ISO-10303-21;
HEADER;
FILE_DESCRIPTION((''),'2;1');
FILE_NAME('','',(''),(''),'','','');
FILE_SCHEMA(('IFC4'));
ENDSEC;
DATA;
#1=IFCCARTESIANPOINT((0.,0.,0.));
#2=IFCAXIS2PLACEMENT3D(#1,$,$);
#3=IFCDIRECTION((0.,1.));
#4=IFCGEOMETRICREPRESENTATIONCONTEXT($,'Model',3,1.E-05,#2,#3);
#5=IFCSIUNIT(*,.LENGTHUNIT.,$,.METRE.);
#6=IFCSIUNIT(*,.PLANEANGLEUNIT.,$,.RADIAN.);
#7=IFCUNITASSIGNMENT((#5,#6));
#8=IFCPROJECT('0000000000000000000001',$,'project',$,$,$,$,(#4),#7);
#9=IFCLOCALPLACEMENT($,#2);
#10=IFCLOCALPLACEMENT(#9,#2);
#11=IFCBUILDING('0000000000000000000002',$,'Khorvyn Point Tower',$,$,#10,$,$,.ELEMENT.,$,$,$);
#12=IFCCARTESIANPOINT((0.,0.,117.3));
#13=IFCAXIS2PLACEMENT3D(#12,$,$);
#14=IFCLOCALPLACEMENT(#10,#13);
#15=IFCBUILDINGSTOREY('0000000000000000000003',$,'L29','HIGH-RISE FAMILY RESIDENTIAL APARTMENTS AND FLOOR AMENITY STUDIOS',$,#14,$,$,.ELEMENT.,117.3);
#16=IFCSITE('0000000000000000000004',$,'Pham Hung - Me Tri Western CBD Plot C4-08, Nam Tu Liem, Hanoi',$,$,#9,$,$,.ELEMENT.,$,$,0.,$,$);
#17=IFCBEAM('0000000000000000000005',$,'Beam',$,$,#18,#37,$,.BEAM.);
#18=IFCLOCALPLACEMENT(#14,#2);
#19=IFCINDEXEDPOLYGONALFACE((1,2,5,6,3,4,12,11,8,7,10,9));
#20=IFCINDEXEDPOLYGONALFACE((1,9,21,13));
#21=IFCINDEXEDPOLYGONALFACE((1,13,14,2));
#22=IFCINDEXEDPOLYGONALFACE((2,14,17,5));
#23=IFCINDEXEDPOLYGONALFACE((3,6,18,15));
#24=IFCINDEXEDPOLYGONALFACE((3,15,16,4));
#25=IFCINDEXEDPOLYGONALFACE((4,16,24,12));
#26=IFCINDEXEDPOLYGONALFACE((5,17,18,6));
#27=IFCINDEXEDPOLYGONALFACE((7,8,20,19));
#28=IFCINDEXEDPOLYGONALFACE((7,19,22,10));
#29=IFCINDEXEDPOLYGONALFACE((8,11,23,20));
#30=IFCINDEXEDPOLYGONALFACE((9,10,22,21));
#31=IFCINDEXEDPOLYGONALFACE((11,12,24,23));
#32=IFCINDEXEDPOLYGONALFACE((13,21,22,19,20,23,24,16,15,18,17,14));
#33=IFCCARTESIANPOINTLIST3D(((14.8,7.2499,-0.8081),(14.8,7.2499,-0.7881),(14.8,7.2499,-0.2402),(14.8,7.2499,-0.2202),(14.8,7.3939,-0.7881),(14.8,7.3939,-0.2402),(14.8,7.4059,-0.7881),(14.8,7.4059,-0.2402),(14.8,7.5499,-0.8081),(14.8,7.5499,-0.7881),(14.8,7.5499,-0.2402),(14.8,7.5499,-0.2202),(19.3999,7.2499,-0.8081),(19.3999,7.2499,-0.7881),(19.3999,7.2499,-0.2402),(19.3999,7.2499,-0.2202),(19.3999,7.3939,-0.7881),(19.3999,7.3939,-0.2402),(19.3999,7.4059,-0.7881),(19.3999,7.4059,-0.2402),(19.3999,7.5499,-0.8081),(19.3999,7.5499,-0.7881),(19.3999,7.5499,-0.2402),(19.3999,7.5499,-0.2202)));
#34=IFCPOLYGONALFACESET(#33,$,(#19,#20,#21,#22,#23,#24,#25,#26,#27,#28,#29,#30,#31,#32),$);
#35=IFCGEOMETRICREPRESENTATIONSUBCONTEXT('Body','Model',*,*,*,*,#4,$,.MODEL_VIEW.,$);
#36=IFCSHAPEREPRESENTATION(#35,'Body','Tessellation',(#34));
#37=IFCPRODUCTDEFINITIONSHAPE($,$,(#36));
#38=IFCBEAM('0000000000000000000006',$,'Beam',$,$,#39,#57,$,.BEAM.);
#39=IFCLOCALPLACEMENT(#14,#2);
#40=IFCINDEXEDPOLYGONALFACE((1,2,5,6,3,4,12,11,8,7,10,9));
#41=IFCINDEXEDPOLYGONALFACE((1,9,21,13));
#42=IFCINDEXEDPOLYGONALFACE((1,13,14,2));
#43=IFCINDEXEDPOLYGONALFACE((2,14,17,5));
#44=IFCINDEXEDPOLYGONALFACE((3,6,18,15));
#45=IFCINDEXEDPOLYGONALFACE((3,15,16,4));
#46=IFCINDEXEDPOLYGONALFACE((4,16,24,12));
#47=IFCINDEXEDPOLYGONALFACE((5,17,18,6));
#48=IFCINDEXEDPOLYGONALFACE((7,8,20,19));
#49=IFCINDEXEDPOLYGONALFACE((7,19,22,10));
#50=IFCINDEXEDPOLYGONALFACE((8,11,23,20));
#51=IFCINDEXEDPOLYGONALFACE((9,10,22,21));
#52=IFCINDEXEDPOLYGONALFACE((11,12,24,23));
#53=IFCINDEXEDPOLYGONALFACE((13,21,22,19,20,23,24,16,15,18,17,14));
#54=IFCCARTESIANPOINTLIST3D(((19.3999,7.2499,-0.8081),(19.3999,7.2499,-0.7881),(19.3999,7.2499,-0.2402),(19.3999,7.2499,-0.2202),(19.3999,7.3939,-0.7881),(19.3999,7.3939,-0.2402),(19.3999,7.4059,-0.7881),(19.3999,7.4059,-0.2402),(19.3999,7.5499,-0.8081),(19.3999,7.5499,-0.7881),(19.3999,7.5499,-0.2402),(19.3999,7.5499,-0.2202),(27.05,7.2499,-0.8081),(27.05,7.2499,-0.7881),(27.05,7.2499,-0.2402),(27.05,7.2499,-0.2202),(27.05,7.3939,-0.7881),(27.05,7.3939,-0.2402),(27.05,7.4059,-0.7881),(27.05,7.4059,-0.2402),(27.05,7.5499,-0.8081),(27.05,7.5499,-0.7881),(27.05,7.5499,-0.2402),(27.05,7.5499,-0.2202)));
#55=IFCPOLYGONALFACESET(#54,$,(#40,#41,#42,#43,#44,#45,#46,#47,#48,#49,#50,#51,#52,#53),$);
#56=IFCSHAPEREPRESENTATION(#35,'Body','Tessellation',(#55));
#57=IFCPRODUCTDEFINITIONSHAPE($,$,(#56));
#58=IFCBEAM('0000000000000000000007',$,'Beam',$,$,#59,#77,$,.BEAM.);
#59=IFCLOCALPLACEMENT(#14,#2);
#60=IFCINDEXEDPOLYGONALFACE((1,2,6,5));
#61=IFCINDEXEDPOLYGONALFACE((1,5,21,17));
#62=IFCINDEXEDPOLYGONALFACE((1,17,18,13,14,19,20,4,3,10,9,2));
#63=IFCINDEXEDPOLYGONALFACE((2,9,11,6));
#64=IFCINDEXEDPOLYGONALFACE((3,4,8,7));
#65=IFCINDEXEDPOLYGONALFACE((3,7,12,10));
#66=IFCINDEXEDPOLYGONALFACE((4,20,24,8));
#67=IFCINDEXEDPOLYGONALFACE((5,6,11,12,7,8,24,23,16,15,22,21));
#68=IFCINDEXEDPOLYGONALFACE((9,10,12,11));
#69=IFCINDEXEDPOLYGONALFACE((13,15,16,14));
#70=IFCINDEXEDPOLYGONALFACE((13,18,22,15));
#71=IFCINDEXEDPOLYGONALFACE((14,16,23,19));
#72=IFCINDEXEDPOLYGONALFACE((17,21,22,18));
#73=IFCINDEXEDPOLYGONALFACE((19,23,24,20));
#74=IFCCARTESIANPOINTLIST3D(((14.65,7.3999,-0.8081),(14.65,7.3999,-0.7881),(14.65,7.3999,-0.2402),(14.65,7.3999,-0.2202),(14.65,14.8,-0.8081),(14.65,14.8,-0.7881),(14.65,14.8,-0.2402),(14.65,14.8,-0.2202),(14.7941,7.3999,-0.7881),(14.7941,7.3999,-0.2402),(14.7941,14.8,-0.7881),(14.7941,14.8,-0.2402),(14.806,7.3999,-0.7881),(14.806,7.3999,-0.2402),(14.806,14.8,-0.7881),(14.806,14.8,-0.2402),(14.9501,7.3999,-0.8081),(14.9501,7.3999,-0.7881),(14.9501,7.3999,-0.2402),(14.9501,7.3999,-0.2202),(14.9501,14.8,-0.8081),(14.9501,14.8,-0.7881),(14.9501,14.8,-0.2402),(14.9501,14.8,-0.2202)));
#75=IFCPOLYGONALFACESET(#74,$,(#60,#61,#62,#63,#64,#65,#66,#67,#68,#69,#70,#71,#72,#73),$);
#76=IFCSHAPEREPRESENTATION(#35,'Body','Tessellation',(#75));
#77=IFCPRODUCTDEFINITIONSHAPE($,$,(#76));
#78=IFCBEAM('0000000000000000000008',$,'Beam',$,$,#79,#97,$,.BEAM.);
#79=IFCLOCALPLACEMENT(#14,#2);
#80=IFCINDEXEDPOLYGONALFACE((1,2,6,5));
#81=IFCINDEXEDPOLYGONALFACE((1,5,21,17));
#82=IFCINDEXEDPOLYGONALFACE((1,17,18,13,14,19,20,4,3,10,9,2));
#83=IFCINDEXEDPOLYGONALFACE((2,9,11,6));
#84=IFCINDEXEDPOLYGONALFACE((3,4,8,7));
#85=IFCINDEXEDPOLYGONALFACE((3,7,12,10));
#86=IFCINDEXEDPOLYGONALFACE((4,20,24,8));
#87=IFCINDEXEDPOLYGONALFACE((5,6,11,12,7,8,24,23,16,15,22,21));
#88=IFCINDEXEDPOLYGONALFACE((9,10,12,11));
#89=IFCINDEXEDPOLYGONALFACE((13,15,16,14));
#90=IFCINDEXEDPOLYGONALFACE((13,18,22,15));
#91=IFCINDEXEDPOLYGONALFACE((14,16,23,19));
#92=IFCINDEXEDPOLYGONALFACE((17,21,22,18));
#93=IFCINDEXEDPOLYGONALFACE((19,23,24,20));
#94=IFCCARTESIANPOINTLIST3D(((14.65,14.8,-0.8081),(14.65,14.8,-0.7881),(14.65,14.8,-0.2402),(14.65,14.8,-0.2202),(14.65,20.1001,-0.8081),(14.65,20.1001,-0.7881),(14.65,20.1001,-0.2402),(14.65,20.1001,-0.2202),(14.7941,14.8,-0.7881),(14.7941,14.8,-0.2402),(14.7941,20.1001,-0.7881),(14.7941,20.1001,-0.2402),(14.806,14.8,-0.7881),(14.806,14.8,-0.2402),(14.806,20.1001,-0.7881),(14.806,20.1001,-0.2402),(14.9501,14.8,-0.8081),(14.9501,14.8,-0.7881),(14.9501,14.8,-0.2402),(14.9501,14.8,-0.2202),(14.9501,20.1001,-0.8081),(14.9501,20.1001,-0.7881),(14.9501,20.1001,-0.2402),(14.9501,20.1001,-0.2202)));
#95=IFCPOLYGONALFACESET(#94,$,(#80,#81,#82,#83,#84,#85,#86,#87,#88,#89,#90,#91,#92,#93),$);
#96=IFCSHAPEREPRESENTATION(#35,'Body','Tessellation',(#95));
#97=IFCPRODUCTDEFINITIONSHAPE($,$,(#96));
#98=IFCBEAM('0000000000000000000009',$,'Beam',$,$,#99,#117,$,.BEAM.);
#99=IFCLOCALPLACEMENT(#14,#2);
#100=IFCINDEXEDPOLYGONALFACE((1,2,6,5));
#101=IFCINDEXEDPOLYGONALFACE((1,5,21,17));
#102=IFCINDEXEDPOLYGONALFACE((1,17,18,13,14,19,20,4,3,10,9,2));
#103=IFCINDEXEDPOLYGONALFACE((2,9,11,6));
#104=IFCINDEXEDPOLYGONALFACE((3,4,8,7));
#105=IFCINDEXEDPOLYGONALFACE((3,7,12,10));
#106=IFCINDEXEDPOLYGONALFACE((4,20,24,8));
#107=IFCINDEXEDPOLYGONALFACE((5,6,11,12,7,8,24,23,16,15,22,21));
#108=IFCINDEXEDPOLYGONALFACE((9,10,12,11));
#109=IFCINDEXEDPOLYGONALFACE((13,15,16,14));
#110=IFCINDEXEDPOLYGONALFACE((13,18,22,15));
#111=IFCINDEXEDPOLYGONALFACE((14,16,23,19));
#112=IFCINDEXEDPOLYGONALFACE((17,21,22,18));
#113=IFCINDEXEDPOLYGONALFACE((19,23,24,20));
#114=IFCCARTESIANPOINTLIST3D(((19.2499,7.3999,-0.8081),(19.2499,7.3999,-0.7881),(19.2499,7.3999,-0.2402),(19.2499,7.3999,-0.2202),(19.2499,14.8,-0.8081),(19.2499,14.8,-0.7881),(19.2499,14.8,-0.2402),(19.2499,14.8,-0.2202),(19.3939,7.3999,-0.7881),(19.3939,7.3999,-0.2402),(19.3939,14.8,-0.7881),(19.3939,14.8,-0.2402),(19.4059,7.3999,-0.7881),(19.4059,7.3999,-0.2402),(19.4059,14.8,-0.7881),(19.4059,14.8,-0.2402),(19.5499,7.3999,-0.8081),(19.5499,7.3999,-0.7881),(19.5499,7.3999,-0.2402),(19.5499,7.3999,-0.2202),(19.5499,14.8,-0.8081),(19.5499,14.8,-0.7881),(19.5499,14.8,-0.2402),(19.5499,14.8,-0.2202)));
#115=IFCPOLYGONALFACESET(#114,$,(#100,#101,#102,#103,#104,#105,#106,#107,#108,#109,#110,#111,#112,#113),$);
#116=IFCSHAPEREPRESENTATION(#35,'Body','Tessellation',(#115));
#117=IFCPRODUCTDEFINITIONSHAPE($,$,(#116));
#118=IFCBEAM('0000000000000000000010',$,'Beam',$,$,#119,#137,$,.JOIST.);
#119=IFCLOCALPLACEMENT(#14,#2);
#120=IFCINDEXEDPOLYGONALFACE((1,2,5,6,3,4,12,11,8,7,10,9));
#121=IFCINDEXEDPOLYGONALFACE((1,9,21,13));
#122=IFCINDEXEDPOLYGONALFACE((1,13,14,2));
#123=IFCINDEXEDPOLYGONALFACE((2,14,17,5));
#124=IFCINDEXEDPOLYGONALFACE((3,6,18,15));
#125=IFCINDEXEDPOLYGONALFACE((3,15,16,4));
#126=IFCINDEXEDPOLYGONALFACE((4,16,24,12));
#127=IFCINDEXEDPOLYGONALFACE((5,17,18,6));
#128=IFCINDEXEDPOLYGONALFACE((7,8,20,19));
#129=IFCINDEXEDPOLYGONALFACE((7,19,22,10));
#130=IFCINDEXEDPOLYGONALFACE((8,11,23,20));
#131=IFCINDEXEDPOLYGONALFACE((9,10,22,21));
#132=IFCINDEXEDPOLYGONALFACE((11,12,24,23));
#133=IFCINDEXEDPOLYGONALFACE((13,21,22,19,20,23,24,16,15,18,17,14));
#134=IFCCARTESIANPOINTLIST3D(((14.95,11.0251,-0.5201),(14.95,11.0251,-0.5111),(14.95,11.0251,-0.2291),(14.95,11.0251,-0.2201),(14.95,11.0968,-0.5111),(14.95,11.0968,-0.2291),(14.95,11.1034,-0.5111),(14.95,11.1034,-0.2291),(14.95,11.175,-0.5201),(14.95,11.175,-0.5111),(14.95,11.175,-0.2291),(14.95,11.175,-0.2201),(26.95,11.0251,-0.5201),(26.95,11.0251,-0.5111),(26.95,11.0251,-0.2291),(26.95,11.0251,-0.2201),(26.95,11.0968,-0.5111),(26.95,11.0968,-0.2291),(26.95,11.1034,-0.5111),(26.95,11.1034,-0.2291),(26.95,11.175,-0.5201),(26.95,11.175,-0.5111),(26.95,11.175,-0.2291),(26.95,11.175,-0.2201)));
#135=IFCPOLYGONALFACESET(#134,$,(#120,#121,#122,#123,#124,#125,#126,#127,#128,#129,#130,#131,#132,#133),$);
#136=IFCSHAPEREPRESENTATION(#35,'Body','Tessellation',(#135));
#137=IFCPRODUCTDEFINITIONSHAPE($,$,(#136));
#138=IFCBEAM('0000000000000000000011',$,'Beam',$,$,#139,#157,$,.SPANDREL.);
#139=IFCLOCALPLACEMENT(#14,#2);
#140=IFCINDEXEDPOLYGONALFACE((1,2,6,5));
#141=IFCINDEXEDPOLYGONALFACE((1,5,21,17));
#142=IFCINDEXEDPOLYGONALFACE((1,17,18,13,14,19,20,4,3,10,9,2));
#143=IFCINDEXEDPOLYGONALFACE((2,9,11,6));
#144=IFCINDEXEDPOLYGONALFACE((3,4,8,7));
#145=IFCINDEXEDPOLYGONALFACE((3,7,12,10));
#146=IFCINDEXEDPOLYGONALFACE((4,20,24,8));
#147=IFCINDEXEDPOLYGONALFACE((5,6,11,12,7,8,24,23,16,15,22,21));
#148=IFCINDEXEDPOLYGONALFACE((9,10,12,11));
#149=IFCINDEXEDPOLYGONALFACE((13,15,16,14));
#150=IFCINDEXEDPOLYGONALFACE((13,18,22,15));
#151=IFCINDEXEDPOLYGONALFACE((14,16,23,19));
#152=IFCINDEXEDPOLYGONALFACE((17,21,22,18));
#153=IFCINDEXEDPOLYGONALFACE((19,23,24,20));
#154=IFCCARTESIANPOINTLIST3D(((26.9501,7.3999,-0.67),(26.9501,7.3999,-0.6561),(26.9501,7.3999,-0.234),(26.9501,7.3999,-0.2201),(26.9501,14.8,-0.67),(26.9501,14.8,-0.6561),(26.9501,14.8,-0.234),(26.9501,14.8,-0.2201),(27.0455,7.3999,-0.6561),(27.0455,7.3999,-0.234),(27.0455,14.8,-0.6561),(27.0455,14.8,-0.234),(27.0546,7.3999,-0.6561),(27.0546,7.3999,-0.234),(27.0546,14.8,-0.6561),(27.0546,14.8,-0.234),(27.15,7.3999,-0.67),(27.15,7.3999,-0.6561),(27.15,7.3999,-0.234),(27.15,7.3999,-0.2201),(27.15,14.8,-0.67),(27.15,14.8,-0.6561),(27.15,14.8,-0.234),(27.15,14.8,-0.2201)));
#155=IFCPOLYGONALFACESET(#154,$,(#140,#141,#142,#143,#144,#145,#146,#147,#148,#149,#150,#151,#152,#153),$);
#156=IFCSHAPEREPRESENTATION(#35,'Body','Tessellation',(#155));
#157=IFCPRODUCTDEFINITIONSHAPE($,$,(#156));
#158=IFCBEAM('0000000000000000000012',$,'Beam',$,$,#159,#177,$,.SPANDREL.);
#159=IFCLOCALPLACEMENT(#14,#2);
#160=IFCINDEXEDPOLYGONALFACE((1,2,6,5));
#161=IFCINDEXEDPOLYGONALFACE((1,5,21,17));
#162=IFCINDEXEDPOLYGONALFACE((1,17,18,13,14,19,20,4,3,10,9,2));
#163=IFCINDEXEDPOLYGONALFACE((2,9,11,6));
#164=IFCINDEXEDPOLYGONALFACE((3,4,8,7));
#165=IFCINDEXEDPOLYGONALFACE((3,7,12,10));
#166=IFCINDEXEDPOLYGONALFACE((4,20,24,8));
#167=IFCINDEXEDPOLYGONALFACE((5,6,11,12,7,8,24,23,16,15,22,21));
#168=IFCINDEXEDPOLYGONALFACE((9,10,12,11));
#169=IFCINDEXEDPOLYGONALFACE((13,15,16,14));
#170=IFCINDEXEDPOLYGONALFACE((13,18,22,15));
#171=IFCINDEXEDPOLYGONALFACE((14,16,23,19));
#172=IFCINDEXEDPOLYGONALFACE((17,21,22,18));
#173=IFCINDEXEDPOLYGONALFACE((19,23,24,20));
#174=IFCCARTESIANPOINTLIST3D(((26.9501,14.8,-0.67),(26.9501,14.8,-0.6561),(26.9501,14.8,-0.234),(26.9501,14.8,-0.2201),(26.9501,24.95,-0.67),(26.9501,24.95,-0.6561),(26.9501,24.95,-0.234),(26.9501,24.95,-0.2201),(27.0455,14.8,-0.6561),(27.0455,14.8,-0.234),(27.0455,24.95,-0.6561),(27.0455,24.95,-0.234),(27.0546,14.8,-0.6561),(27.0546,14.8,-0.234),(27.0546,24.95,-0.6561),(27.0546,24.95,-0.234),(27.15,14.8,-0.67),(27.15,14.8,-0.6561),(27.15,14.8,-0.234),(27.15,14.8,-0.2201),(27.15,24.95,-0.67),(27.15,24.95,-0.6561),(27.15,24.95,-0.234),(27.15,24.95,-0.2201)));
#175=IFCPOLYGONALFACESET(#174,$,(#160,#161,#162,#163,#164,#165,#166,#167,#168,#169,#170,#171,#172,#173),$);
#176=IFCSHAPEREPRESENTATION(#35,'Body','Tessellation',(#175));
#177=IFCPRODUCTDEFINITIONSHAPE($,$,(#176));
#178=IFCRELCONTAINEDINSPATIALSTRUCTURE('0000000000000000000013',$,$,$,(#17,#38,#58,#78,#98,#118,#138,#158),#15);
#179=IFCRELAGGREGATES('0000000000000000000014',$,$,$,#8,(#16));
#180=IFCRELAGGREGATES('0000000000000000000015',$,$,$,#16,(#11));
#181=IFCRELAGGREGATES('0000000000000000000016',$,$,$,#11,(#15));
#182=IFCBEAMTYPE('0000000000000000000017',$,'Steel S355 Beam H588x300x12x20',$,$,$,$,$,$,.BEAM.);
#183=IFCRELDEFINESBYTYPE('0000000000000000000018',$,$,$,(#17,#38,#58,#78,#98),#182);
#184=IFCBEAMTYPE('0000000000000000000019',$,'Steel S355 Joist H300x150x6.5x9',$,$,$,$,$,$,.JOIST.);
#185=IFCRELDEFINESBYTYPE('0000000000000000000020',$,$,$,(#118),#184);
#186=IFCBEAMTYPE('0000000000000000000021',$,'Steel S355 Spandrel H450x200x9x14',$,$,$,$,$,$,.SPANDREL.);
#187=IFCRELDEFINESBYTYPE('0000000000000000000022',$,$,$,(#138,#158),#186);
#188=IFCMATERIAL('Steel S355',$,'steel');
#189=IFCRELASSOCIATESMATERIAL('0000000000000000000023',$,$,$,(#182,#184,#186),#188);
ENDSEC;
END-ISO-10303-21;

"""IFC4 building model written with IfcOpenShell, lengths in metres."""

from ifc_helpers import new_model, si_unit, direction, frame, origin, origin_2d, place, context, subcontext, project, spatial, i_section, extrude, material, material_profile, profile_set, type_object, element, save


model = new_model("IFC4")

# Units and contexts
model_context = context("Model", 3, precision=1e-05, world=origin(), true_north=direction((0.0, 1.0)))
body_context = subcontext(model_context, "Body", "Model", "MODEL_VIEW")
ifc_project = project(units=[si_unit("LENGTHUNIT", "METRE"), si_unit("PLANEANGLEUNIT", "RADIAN")], contexts=[model_context])

# Site, building, storey
site_placement = place(None, origin())
site = spatial("IfcSite", under=ifc_project, at=site_placement, Name="Pham Hung - Me Tri Western CBD Plot C4-08, Nam Tu Liem, Hanoi", CompositionType="ELEMENT", RefElevation=0.0)
building_placement = place(site_placement, origin())
building = spatial("IfcBuilding", under=site, at=building_placement, Name="Khorvyn Point Tower", CompositionType="ELEMENT")
storey_placement = place(building_placement, frame((0.0, 0.0, 117.3)))
storey = spatial("IfcBuildingStorey", under=building, at=storey_placement, Name="L29", Description="HIGH-RISE FAMILY RESIDENTIAL APARTMENTS AND FLOOR AMENITY STUDIOS", CompositionType="ELEMENT", Elevation=117.3)

# Beams
ifc_material_1 = material(Name="Steel S355", Category="steel")
ifc_material_profile_1 = material_profile(ifc_material_1, i_section(OverallWidth=0.3, OverallDepth=0.5879, WebThickness=0.012, FlangeThickness=0.02, at=origin_2d()))
ifc_profile_set_1 = profile_set([ifc_material_profile_1], Name="Steel S355 H588x300x12x20")
beam_type_1 = type_object("IfcBeamType", Name="Steel S355 Beam H588x300x12x20", PredefinedType="BEAM", material=ifc_profile_set_1)
beam_1_placement = place(storey_placement, frame((14.8, 7.3999, -0.5142), z_axis=(1.0, 0.0, 0.0), x_axis=(0.0, 1.0, 0.0)))
element("IfcBeam", 1, at=beam_1_placement, inside=storey, type_object=beam_type_1, Name="Beam", PredefinedType="BEAM", context=body_context, shape_type="SweptSolid", body=[
    extrude(i_section(OverallWidth=0.3, OverallDepth=0.5879, WebThickness=0.012, FlangeThickness=0.02, at=origin_2d()), origin(), (0.0, 0.0, 1.0), 4.5999),
])
beam_2_placement = place(storey_placement, frame((19.3999, 7.3999, -0.5142), z_axis=(1.0, 0.0, 0.0), x_axis=(0.0, 1.0, 0.0)))
element("IfcBeam", 2, at=beam_2_placement, inside=storey, type_object=beam_type_1, Name="Beam", PredefinedType="BEAM", context=body_context, shape_type="SweptSolid", body=[
    extrude(i_section(OverallWidth=0.3, OverallDepth=0.5879, WebThickness=0.012, FlangeThickness=0.02, at=origin_2d()), origin(), (0.0, 0.0, 1.0), 7.6501),
])
beam_3_placement = place(storey_placement, frame((14.8, 7.3999, -0.5142), z_axis=(0.0, 1.0, 0.0), x_axis=(-1.0, 0.0, 0.0)))
element("IfcBeam", 3, at=beam_3_placement, inside=storey, type_object=beam_type_1, Name="Beam", PredefinedType="BEAM", context=body_context, shape_type="SweptSolid", body=[
    extrude(i_section(OverallWidth=0.3, OverallDepth=0.5879, WebThickness=0.012, FlangeThickness=0.02, at=origin_2d()), origin(), (0.0, 0.0, 1.0), 7.4001),
])
beam_4_placement = place(storey_placement, frame((14.8, 14.8, -0.5142), z_axis=(0.0, 1.0, 0.0), x_axis=(-1.0, 0.0, 0.0)))
element("IfcBeam", 4, at=beam_4_placement, inside=storey, type_object=beam_type_1, Name="Beam", PredefinedType="BEAM", context=body_context, shape_type="SweptSolid", body=[
    extrude(i_section(OverallWidth=0.3, OverallDepth=0.5879, WebThickness=0.012, FlangeThickness=0.02, at=origin_2d()), origin(), (0.0, 0.0, 1.0), 5.3),
])
beam_5_placement = place(storey_placement, frame((19.3999, 7.3999, -0.5142), z_axis=(0.0, 1.0, 0.0), x_axis=(-1.0, 0.0, 0.0)))
element("IfcBeam", 5, at=beam_5_placement, inside=storey, type_object=beam_type_1, Name="Beam", PredefinedType="BEAM", context=body_context, shape_type="SweptSolid", body=[
    extrude(i_section(OverallWidth=0.3, OverallDepth=0.5879, WebThickness=0.012, FlangeThickness=0.02, at=origin_2d()), origin(), (0.0, 0.0, 1.0), 7.4001),
])
ifc_material_profile_2 = material_profile(ifc_material_1, i_section(OverallWidth=0.1499, OverallDepth=0.3, WebThickness=0.0066, FlangeThickness=0.009, at=origin_2d()))
ifc_profile_set_2 = profile_set([ifc_material_profile_2], Name="Steel S355 H300x150x6.5x9")
beam_type_2 = type_object("IfcBeamType", Name="Steel S355 Joist H300x150x6.5x9", PredefinedType="JOIST", material=ifc_profile_set_2)
beam_6_placement = place(storey_placement, frame((14.95, 11.1001, -0.3701), z_axis=(1.0, 0.0, 0.0), x_axis=(0.0, 1.0, 0.0)))
element("IfcBeam", 6, at=beam_6_placement, inside=storey, type_object=beam_type_2, Name="Beam", PredefinedType="JOIST", context=body_context, shape_type="SweptSolid", body=[
    extrude(i_section(OverallWidth=0.1499, OverallDepth=0.3, WebThickness=0.0066, FlangeThickness=0.009, at=origin_2d()), origin(), (0.0, 0.0, 1.0), 12.0),
])
ifc_material_profile_3 = material_profile(ifc_material_1, i_section(OverallWidth=0.2, OverallDepth=0.45, WebThickness=0.009, FlangeThickness=0.0139, at=origin_2d()))
ifc_profile_set_3 = profile_set([ifc_material_profile_3], Name="Steel S355 H450x200x9x14")
beam_type_3 = type_object("IfcBeamType", Name="Steel S355 Spandrel H450x200x9x14", PredefinedType="SPANDREL", material=ifc_profile_set_3)
beam_7_placement = place(storey_placement, frame((27.05, 7.3999, -0.4451), z_axis=(0.0, 1.0, 0.0), x_axis=(-1.0, 0.0, 0.0)))
element("IfcBeam", 7, at=beam_7_placement, inside=storey, type_object=beam_type_3, Name="Beam", PredefinedType="SPANDREL", context=body_context, shape_type="SweptSolid", body=[
    extrude(i_section(OverallWidth=0.2, OverallDepth=0.45, WebThickness=0.009, FlangeThickness=0.0139, at=origin_2d()), origin(), (0.0, 0.0, 1.0), 7.4001),
])
beam_8_placement = place(storey_placement, frame((27.05, 14.8, -0.4451), z_axis=(0.0, 1.0, 0.0), x_axis=(-1.0, 0.0, 0.0)))
element("IfcBeam", 8, at=beam_8_placement, inside=storey, type_object=beam_type_3, Name="Beam", PredefinedType="SPANDREL", context=body_context, shape_type="SweptSolid", body=[
    extrude(i_section(OverallWidth=0.2, OverallDepth=0.45, WebThickness=0.009, FlangeThickness=0.0139, at=origin_2d()), origin(), (0.0, 0.0, 1.0), 10.1499),
])

save(model, "model.ifc")
